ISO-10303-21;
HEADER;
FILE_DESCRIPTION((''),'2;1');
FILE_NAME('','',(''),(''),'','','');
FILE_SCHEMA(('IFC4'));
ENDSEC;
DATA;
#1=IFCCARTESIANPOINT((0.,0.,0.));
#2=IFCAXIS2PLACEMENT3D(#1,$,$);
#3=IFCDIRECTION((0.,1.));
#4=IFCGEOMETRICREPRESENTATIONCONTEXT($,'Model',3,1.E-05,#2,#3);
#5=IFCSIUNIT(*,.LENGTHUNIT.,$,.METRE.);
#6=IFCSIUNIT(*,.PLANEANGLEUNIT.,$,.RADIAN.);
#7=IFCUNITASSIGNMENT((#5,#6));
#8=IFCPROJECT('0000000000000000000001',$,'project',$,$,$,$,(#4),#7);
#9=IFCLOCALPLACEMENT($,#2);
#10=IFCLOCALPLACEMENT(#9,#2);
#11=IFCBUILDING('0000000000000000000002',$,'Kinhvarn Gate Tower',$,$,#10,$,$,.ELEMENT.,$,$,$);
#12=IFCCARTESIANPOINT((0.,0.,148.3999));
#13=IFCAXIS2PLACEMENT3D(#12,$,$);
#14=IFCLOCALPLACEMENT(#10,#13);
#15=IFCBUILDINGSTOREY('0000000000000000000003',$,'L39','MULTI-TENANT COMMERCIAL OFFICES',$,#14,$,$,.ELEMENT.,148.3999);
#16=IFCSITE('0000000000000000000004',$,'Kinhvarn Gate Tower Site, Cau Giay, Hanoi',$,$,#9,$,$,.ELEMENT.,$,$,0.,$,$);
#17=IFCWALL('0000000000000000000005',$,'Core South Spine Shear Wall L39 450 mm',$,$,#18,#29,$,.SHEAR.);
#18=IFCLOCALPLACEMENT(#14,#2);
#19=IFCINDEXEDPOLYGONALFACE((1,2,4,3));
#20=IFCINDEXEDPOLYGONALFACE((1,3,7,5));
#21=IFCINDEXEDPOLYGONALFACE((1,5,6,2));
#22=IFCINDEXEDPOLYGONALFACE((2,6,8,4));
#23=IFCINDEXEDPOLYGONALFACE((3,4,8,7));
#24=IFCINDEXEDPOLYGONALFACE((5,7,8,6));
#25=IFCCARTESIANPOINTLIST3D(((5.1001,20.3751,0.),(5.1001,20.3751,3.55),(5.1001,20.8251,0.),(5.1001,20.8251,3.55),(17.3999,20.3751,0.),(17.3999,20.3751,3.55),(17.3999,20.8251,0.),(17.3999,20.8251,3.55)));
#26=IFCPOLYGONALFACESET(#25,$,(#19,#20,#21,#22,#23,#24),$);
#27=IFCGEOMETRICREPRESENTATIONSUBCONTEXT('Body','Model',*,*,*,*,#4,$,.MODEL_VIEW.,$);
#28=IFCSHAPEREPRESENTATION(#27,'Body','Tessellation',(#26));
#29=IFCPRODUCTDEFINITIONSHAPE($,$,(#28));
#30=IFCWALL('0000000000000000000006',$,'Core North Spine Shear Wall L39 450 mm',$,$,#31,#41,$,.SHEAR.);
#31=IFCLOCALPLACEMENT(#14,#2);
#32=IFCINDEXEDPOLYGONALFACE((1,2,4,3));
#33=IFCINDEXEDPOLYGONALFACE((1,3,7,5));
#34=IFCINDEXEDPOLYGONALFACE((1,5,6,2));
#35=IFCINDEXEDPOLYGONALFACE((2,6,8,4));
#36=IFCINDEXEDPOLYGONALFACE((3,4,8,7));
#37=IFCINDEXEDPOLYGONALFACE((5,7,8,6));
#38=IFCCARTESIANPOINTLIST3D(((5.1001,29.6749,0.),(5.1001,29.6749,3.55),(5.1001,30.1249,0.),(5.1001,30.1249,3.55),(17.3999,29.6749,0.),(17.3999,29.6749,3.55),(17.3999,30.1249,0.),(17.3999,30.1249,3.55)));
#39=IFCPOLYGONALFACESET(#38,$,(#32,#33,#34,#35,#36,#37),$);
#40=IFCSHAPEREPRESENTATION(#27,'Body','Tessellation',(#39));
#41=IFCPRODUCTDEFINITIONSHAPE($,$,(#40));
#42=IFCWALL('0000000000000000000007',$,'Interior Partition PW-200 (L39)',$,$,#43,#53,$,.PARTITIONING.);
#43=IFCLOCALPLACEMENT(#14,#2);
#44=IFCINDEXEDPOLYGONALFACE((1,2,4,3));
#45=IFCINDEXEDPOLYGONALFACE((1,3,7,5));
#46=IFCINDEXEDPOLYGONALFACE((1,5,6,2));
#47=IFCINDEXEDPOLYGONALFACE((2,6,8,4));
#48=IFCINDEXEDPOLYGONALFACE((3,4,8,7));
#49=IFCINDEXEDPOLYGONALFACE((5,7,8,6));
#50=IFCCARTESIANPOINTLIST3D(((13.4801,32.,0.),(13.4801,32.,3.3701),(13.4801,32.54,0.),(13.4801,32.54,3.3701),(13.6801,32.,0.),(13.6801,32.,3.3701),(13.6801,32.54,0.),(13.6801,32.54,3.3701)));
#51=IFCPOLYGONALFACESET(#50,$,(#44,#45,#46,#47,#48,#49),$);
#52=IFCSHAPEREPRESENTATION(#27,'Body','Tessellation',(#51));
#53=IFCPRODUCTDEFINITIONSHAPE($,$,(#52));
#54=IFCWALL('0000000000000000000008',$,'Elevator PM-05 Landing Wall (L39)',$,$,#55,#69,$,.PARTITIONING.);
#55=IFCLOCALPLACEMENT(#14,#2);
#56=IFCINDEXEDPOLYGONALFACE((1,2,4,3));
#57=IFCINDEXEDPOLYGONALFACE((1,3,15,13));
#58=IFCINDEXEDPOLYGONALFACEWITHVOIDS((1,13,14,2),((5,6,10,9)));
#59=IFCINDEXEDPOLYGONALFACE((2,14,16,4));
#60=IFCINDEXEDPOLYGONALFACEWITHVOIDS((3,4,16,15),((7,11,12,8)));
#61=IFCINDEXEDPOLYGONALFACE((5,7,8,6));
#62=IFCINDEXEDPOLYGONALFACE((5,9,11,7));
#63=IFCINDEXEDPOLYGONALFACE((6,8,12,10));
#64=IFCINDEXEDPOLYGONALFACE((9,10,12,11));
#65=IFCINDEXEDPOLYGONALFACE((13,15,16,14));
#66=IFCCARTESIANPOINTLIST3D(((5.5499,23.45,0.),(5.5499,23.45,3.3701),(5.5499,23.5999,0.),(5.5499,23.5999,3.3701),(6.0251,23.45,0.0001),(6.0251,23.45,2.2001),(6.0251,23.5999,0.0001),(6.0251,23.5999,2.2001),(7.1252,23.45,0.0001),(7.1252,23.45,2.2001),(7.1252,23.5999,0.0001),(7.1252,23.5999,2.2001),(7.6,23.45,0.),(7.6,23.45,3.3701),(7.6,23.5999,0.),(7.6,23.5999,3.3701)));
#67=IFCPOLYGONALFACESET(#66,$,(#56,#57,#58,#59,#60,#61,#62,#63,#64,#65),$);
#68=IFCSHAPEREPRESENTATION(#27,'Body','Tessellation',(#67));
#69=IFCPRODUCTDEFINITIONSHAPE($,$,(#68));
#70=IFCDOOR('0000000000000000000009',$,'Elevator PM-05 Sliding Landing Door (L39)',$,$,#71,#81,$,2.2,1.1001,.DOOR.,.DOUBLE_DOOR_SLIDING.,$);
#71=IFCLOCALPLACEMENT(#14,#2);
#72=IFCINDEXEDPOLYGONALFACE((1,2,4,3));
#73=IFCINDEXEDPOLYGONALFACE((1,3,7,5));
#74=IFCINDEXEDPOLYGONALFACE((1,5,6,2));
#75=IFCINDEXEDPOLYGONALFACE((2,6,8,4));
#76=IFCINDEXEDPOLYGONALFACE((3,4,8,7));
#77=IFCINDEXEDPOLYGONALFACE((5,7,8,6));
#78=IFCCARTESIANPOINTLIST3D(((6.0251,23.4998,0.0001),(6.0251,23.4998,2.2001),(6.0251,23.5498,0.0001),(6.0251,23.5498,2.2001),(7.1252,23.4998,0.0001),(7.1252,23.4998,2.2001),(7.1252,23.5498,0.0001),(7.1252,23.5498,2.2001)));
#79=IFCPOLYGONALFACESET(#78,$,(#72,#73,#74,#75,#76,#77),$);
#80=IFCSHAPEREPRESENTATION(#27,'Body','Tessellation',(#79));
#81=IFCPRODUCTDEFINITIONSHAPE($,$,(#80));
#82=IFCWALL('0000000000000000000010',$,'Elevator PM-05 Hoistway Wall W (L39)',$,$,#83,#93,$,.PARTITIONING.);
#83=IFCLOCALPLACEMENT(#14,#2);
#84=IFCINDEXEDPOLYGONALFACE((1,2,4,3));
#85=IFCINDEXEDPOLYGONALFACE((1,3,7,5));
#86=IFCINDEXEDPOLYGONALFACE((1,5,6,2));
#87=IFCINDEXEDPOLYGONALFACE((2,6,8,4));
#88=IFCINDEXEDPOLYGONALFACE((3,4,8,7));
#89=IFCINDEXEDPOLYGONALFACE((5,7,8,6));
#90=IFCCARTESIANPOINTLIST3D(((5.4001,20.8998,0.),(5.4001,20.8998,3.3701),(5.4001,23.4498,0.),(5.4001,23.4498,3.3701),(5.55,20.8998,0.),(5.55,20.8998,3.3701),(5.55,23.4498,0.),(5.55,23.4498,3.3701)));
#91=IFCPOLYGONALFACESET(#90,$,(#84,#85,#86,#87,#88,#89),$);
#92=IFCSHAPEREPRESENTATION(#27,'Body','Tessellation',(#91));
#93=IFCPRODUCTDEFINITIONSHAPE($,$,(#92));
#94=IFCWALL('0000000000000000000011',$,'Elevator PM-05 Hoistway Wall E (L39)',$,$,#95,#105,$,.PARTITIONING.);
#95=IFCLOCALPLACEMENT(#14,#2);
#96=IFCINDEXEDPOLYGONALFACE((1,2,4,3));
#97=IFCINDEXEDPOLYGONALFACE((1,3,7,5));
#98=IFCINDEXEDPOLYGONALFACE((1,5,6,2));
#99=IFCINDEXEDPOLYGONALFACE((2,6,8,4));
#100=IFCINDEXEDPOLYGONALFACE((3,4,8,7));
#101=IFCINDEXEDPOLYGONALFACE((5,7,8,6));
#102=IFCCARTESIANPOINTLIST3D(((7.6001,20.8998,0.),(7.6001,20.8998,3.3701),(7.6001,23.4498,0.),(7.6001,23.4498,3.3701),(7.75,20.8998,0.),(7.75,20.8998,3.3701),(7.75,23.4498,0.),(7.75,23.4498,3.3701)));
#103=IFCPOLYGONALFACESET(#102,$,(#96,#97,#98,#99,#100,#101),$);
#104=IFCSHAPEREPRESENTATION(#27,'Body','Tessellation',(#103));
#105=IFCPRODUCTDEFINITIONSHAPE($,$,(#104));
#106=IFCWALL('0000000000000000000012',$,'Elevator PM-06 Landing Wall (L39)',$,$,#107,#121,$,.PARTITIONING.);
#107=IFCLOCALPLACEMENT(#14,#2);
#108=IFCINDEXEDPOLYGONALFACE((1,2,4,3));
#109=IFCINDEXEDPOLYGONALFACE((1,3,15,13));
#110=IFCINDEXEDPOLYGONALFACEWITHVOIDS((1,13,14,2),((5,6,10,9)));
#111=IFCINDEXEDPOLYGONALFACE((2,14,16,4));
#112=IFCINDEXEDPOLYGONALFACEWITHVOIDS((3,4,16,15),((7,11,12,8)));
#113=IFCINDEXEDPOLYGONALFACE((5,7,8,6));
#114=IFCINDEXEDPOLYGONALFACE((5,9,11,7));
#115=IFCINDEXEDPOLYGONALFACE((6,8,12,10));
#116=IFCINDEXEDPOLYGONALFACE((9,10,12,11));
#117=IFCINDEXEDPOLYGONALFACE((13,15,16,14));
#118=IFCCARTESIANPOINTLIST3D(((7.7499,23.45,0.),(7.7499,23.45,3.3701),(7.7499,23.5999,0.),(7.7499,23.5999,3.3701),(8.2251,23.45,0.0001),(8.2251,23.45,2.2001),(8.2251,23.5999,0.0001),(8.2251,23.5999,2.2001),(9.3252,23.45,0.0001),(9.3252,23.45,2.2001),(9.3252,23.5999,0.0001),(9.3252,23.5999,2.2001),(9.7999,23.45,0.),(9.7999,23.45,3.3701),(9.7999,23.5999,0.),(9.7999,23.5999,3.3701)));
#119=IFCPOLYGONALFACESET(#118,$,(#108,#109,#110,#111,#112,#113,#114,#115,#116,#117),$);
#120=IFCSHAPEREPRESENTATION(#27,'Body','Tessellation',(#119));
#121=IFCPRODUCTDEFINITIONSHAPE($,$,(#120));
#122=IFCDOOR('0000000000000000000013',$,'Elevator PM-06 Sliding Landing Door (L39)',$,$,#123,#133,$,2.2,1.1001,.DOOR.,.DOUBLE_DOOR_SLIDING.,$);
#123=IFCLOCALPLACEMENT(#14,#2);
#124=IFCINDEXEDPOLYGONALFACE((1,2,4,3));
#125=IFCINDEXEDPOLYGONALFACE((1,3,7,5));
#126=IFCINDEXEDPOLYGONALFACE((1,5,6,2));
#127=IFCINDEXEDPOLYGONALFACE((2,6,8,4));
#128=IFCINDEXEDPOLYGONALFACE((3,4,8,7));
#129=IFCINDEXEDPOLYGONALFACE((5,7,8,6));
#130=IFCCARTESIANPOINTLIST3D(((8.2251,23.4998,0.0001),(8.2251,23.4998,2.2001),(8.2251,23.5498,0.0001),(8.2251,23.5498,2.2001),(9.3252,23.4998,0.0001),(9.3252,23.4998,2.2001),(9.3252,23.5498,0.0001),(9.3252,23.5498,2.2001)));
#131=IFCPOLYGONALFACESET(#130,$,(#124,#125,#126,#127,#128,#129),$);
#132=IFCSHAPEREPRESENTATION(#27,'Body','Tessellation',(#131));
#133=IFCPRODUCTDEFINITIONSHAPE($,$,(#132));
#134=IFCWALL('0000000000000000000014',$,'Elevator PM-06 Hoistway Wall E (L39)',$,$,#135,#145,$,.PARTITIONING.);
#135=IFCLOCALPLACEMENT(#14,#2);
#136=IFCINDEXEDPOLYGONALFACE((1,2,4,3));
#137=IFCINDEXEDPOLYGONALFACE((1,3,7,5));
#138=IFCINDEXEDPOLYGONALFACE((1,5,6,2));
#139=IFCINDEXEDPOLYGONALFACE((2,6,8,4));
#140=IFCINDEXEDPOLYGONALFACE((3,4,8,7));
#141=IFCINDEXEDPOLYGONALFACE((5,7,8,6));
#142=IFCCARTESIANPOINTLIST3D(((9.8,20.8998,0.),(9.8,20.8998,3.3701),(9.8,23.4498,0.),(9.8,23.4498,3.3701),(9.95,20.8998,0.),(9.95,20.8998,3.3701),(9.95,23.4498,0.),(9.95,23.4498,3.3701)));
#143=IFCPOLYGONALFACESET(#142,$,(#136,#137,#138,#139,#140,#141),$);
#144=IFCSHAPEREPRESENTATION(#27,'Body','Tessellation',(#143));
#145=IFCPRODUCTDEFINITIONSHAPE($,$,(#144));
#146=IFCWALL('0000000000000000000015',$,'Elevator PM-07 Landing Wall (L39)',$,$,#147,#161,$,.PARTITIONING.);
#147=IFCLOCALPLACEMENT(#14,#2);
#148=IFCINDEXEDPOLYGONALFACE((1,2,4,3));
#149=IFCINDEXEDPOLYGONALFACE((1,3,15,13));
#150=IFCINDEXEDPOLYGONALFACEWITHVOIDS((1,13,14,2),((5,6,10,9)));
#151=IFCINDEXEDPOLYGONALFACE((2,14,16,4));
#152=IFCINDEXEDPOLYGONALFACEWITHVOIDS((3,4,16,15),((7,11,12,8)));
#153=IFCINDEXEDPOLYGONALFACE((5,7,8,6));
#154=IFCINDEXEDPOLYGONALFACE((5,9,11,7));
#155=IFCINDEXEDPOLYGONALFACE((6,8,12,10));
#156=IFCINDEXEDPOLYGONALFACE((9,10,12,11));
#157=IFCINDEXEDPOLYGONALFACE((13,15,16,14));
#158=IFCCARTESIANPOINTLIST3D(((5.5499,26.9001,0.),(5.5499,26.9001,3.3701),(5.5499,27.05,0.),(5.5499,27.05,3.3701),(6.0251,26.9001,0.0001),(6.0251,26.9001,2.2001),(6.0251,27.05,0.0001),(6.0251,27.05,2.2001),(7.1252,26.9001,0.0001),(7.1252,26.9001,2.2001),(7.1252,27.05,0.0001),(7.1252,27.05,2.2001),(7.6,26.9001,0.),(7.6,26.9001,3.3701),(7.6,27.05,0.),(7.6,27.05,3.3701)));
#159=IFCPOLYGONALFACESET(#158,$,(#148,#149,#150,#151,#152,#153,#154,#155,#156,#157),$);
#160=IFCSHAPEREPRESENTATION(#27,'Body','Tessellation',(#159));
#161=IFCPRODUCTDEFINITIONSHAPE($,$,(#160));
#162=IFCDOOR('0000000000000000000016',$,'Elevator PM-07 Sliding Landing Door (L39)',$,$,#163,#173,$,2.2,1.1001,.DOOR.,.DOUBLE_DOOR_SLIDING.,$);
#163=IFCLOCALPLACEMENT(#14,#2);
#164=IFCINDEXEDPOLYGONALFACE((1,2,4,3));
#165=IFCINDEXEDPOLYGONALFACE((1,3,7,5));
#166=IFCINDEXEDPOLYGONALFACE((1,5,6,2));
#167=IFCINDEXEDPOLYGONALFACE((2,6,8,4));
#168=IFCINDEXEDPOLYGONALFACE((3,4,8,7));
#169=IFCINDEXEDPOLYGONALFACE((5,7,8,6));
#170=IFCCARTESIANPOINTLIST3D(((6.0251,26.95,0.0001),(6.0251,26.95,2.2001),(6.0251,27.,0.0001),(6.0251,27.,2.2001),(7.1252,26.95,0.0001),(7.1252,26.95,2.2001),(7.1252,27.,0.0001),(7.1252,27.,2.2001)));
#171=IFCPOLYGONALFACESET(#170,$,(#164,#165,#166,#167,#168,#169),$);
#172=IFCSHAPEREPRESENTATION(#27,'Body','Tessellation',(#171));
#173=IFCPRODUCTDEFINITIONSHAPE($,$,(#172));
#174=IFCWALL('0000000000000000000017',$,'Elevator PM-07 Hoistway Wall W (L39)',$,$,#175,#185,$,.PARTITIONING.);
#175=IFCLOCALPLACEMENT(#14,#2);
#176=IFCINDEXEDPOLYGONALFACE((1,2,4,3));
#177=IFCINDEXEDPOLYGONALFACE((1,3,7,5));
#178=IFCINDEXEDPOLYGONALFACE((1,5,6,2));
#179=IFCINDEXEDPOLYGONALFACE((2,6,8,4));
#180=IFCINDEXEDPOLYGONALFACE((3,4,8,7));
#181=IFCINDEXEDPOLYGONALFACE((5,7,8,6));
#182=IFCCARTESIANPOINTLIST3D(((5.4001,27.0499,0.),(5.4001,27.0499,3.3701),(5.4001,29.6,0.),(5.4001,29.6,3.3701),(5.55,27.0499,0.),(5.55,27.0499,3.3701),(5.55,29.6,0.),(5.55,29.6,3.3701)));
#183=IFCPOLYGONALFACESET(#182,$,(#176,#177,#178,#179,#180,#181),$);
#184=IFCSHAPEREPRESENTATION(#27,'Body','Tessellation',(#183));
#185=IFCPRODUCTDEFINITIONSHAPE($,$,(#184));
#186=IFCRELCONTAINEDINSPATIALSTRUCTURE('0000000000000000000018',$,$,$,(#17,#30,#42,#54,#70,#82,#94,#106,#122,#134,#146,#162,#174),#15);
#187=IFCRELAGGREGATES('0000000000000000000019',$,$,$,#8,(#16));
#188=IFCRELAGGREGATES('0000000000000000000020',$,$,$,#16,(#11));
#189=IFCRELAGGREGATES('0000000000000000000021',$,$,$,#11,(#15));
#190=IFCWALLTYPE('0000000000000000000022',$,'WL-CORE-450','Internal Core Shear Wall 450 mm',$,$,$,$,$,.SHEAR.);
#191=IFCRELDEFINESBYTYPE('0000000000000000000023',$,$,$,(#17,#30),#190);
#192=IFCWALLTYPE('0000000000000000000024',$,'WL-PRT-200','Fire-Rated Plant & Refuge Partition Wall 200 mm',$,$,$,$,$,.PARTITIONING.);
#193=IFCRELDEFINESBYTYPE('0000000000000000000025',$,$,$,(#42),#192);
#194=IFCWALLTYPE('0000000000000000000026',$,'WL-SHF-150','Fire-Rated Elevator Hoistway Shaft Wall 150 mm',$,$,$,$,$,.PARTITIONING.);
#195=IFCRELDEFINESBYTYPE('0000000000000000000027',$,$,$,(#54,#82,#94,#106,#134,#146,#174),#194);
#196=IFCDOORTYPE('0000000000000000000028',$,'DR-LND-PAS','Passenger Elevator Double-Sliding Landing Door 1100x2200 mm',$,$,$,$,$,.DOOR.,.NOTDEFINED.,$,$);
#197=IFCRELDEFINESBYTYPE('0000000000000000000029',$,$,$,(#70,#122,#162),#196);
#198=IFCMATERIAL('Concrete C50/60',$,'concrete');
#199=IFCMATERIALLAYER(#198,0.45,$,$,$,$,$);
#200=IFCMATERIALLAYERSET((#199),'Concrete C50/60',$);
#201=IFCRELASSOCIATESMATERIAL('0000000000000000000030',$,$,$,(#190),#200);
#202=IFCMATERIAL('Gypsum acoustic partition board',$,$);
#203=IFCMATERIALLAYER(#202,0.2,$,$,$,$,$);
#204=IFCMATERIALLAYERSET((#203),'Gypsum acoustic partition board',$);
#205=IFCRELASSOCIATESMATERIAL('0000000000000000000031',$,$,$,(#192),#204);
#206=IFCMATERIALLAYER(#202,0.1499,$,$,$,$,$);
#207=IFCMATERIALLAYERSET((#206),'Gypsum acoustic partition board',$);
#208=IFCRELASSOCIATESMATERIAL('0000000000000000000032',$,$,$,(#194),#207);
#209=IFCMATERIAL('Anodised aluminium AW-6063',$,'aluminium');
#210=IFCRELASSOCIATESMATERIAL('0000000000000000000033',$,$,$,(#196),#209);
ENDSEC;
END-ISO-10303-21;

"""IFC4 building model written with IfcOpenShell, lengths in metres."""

from ifc_helpers import new_model, si_unit, direction, frame, frame_2d, origin, place, context, subcontext, project, spatial, rectangle, extrude, material, layer, layer_set, type_object, element, fill, save


model = new_model("IFC4")

# Units and contexts
model_context = context("Model", 3, precision=1e-05, world=origin(), true_north=direction((0.0, 1.0)))
body_context = subcontext(model_context, "Body", "Model", "MODEL_VIEW")
ifc_project = project(units=[si_unit("LENGTHUNIT", "METRE"), si_unit("PLANEANGLEUNIT", "RADIAN")], contexts=[model_context])

# Site, building, storey
site_placement = place(None, origin())
site = spatial("IfcSite", under=ifc_project, at=site_placement, Name="Kinhvarn Gate Tower Site, Cau Giay, Hanoi", CompositionType="ELEMENT", RefElevation=0.0)
building_placement = place(site_placement, origin())
building = spatial("IfcBuilding", under=site, at=building_placement, Name="Kinhvarn Gate Tower", CompositionType="ELEMENT")
storey_placement = place(building_placement, frame((0.0, 0.0, 148.3999)))
storey = spatial("IfcBuildingStorey", under=building, at=storey_placement, Name="L39", Description="MULTI-TENANT COMMERCIAL OFFICES", CompositionType="ELEMENT", Elevation=148.3999)

# Walls
ifc_material_1 = material(Name="Concrete C50/60", Category="concrete")
ifc_layer_1 = layer(ifc_material_1, 0.45)
ifc_layer_set_1 = layer_set([ifc_layer_1], Name="Concrete C50/60")
wall_type_1 = type_object("IfcWallType", Name="WL-CORE-450", Description="Internal Core Shear Wall 450 mm", PredefinedType="SHEAR", material=ifc_layer_set_1)
for number, where, z_axis, x_axis, name in (
    (1, (5.1001, 20.6001, 0.0), (0.0, 0.0, 1.0), (1.0, 0.0, 0.0), "Core South Spine Shear Wall L39 450 mm"),
    (2, (5.1001, 29.8999, 0.0), (0.0, 0.0, 1.0), (1.0, 0.0, 0.0), "Core North Spine Shear Wall L39 450 mm"),
):
    element("IfcWall", number, at=place(storey_placement, frame(where, z_axis=z_axis, x_axis=x_axis)), inside=storey, type_object=wall_type_1, Name=name, PredefinedType="SHEAR", context=body_context, shape_type="SweptSolid", body=[
        extrude(rectangle(XDim=12.2998, YDim=0.45, at=frame_2d((6.1499, 0.0))), origin(), (0.0, 0.0, 1.0), 3.55),
    ])
ifc_material_2 = material(Name="Gypsum acoustic partition board")
ifc_layer_2 = layer(ifc_material_2, 0.2)
ifc_layer_set_2 = layer_set([ifc_layer_2], Name="Gypsum acoustic partition board")
wall_type_2 = type_object("IfcWallType", Name="WL-PRT-200", Description="Fire-Rated Plant & Refuge Partition Wall 200 mm", PredefinedType="PARTITIONING", material=ifc_layer_set_2)
wall_1_placement = place(storey_placement, frame((13.5801, 32.0, 0.0), z_axis=(0.0, 0.0, 1.0), x_axis=(0.0, 1.0, 0.0)))
element("IfcWall", 3, at=wall_1_placement, inside=storey, type_object=wall_type_2, Name="Interior Partition PW-200 (L39)", PredefinedType="PARTITIONING", context=body_context, shape_type="SweptSolid", body=[
    extrude(rectangle(XDim=0.54, YDim=0.2, at=frame_2d((0.27, 0.0))), origin(), (0.0, 0.0, 1.0), 3.3701),
])

# Wall, opening, door
ifc_layer_3 = layer(ifc_material_2, 0.1499)
ifc_layer_set_3 = layer_set([ifc_layer_3], Name="Gypsum acoustic partition board")
wall_type_3 = type_object("IfcWallType", Name="WL-SHF-150", Description="Fire-Rated Elevator Hoistway Shaft Wall 150 mm", PredefinedType="PARTITIONING", material=ifc_layer_set_3)
wall_2_placement = place(storey_placement, frame((5.55, 23.5249, 0.0), z_axis=(0.0, 0.0, 1.0), x_axis=(1.0, 0.0, 0.0)))
wall_2 = element("IfcWall", 4, at=wall_2_placement, inside=storey, type_object=wall_type_3, Name="Elevator PM-05 Landing Wall (L39)", PredefinedType="PARTITIONING", context=body_context, shape_type="SweptSolid", body=[
    extrude(rectangle(XDim=2.05, YDim=0.1499, at=frame_2d((1.0249, 0.0))), origin(), (0.0, 0.0, 1.0), 3.3701),
])
opening_1_placement = place(wall_2_placement, frame((0.4751, 0.0, 0.0)))
opening_1 = element("IfcOpeningElement", 5, at=opening_1_placement, cuts=wall_2, PredefinedType="OPENING", context=body_context, shape_type="SweptSolid", body=[
    extrude(rectangle(XDim=1.1001, YDim=2.2, at=frame_2d((0.55, 1.1001))), frame((0.0, 0.085, 0.0), z_axis=(0.0, -1.0, 0.0), x_axis=(1.0, 0.0, 0.0)), (0.0, 0.0, 1.0), 0.1699),
])
ifc_material_3 = material(Name="Anodised aluminium AW-6063", Category="aluminium")
door_type_1 = type_object("IfcDoorType", Name="DR-LND-PAS", Description="Passenger Elevator Double-Sliding Landing Door 1100x2200 mm", OperationType="NOTDEFINED", PredefinedType="DOOR", material=ifc_material_3)
door_1_placement = place(opening_1_placement, origin())
door_1 = element("IfcDoor", 6, at=door_1_placement, inside=storey, type_object=door_type_1, Name="Elevator PM-05 Sliding Landing Door (L39)", OperationType="DOUBLE_DOOR_SLIDING", OverallHeight=2.2, OverallWidth=1.1001, PredefinedType="DOOR", context=body_context, shape_type="SweptSolid", body=[
    extrude(rectangle(XDim=1.1001, YDim=2.2, at=frame_2d((0.55, 1.1001))), frame((0.0, 0.0249, 0.0), z_axis=(0.0, -1.0, 0.0), x_axis=(1.0, 0.0, 0.0)), (0.0, 0.0, 1.0), 0.05),
])
fill(opening_1, door_1)

# Walls
for number, where, z_axis, x_axis, name in (
    (7, (5.4751, 20.8999, 0.0), (0.0, 0.0, 1.0), (0.0, 1.0, 0.0), "Elevator PM-05 Hoistway Wall W (L39)"),
    (8, (7.675, 20.8999, 0.0), (0.0, 0.0, 1.0), (0.0, 1.0, 0.0), "Elevator PM-05 Hoistway Wall E (L39)"),
):
    element("IfcWall", number, at=place(storey_placement, frame(where, z_axis=z_axis, x_axis=x_axis)), inside=storey, type_object=wall_type_3, Name=name, PredefinedType="PARTITIONING", context=body_context, shape_type="SweptSolid", body=[
        extrude(rectangle(XDim=2.55, YDim=0.1499, at=frame_2d((1.2749, 0.0))), origin(), (0.0, 0.0, 1.0), 3.3701),
    ])

# Wall, opening, door
wall_3_placement = place(storey_placement, frame((7.75, 23.5249, 0.0), z_axis=(0.0, 0.0, 1.0), x_axis=(1.0, 0.0, 0.0)))
wall_3 = element("IfcWall", 9, at=wall_3_placement, inside=storey, type_object=wall_type_3, Name="Elevator PM-06 Landing Wall (L39)", PredefinedType="PARTITIONING", context=body_context, shape_type="SweptSolid", body=[
    extrude(rectangle(XDim=2.05, YDim=0.1499, at=frame_2d((1.0249, 0.0))), origin(), (0.0, 0.0, 1.0), 3.3701),
])
opening_2_placement = place(wall_3_placement, frame((0.4751, 0.0, 0.0)))
opening_2 = element("IfcOpeningElement", 10, at=opening_2_placement, cuts=wall_3, PredefinedType="OPENING", context=body_context, shape_type="SweptSolid", body=[
    extrude(rectangle(XDim=1.1001, YDim=2.2, at=frame_2d((0.55, 1.1001))), frame((0.0, 0.085, 0.0), z_axis=(0.0, -1.0, 0.0), x_axis=(1.0, 0.0, 0.0)), (0.0, 0.0, 1.0), 0.1699),
])
door_2_placement = place(opening_2_placement, origin())
door_2 = element("IfcDoor", 11, at=door_2_placement, inside=storey, type_object=door_type_1, Name="Elevator PM-06 Sliding Landing Door (L39)", OperationType="DOUBLE_DOOR_SLIDING", OverallHeight=2.2, OverallWidth=1.1001, PredefinedType="DOOR", context=body_context, shape_type="SweptSolid", body=[
    extrude(rectangle(XDim=1.1001, YDim=2.2, at=frame_2d((0.55, 1.1001))), frame((0.0, 0.0249, 0.0), z_axis=(0.0, -1.0, 0.0), x_axis=(1.0, 0.0, 0.0)), (0.0, 0.0, 1.0), 0.05),
])
fill(opening_2, door_2)

# Wall
wall_4_placement = place(storey_placement, frame((9.875, 20.8999, 0.0), z_axis=(0.0, 0.0, 1.0), x_axis=(0.0, 1.0, 0.0)))
element("IfcWall", 12, at=wall_4_placement, inside=storey, type_object=wall_type_3, Name="Elevator PM-06 Hoistway Wall E (L39)", PredefinedType="PARTITIONING", context=body_context, shape_type="SweptSolid", body=[
    extrude(rectangle(XDim=2.55, YDim=0.1499, at=frame_2d((1.2749, 0.0))), origin(), (0.0, 0.0, 1.0), 3.3701),
])

# Wall, opening, door
wall_5_placement = place(storey_placement, frame((5.55, 26.9751, 0.0), z_axis=(0.0, 0.0, 1.0), x_axis=(1.0, 0.0, 0.0)))
wall_5 = element("IfcWall", 13, at=wall_5_placement, inside=storey, type_object=wall_type_3, Name="Elevator PM-07 Landing Wall (L39)", PredefinedType="PARTITIONING", context=body_context, shape_type="SweptSolid", body=[
    extrude(rectangle(XDim=2.05, YDim=0.1499, at=frame_2d((1.0249, 0.0))), origin(), (0.0, 0.0, 1.0), 3.3701),
])
opening_3_placement = place(wall_5_placement, frame((0.4751, 0.0, 0.0)))
opening_3 = element("IfcOpeningElement", 14, at=opening_3_placement, cuts=wall_5, PredefinedType="OPENING", context=body_context, shape_type="SweptSolid", body=[
    extrude(rectangle(XDim=1.1001, YDim=2.2, at=frame_2d((0.55, 1.1001))), frame((0.0, 0.085, 0.0), z_axis=(0.0, -1.0, 0.0), x_axis=(1.0, 0.0, 0.0)), (0.0, 0.0, 1.0), 0.1699),
])
door_3_placement = place(opening_3_placement, origin())
door_3 = element("IfcDoor", 15, at=door_3_placement, inside=storey, type_object=door_type_1, Name="Elevator PM-07 Sliding Landing Door (L39)", OperationType="DOUBLE_DOOR_SLIDING", OverallHeight=2.2, OverallWidth=1.1001, PredefinedType="DOOR", context=body_context, shape_type="SweptSolid", body=[
    extrude(rectangle(XDim=1.1001, YDim=2.2, at=frame_2d((0.55, 1.1001))), frame((0.0, 0.0249, 0.0), z_axis=(0.0, -1.0, 0.0), x_axis=(1.0, 0.0, 0.0)), (0.0, 0.0, 1.0), 0.05),
])
fill(opening_3, door_3)

# Wall
for number, where, z_axis, x_axis, name in (
    (16, (5.4751, 27.05, 0.0), (0.0, 0.0, 1.0), (0.0, 1.0, 0.0), "Elevator PM-07 Hoistway Wall W (L39)"),
):
    element("IfcWall", number, at=place(storey_placement, frame(where, z_axis=z_axis, x_axis=x_axis)), inside=storey, type_object=wall_type_3, Name=name, PredefinedType="PARTITIONING", context=body_context, shape_type="SweptSolid", body=[
        extrude(rectangle(XDim=2.55, YDim=0.1499, at=frame_2d((1.2749, 0.0))), origin(), (0.0, 0.0, 1.0), 3.3701),
    ])

save(model, "model.ifc")
